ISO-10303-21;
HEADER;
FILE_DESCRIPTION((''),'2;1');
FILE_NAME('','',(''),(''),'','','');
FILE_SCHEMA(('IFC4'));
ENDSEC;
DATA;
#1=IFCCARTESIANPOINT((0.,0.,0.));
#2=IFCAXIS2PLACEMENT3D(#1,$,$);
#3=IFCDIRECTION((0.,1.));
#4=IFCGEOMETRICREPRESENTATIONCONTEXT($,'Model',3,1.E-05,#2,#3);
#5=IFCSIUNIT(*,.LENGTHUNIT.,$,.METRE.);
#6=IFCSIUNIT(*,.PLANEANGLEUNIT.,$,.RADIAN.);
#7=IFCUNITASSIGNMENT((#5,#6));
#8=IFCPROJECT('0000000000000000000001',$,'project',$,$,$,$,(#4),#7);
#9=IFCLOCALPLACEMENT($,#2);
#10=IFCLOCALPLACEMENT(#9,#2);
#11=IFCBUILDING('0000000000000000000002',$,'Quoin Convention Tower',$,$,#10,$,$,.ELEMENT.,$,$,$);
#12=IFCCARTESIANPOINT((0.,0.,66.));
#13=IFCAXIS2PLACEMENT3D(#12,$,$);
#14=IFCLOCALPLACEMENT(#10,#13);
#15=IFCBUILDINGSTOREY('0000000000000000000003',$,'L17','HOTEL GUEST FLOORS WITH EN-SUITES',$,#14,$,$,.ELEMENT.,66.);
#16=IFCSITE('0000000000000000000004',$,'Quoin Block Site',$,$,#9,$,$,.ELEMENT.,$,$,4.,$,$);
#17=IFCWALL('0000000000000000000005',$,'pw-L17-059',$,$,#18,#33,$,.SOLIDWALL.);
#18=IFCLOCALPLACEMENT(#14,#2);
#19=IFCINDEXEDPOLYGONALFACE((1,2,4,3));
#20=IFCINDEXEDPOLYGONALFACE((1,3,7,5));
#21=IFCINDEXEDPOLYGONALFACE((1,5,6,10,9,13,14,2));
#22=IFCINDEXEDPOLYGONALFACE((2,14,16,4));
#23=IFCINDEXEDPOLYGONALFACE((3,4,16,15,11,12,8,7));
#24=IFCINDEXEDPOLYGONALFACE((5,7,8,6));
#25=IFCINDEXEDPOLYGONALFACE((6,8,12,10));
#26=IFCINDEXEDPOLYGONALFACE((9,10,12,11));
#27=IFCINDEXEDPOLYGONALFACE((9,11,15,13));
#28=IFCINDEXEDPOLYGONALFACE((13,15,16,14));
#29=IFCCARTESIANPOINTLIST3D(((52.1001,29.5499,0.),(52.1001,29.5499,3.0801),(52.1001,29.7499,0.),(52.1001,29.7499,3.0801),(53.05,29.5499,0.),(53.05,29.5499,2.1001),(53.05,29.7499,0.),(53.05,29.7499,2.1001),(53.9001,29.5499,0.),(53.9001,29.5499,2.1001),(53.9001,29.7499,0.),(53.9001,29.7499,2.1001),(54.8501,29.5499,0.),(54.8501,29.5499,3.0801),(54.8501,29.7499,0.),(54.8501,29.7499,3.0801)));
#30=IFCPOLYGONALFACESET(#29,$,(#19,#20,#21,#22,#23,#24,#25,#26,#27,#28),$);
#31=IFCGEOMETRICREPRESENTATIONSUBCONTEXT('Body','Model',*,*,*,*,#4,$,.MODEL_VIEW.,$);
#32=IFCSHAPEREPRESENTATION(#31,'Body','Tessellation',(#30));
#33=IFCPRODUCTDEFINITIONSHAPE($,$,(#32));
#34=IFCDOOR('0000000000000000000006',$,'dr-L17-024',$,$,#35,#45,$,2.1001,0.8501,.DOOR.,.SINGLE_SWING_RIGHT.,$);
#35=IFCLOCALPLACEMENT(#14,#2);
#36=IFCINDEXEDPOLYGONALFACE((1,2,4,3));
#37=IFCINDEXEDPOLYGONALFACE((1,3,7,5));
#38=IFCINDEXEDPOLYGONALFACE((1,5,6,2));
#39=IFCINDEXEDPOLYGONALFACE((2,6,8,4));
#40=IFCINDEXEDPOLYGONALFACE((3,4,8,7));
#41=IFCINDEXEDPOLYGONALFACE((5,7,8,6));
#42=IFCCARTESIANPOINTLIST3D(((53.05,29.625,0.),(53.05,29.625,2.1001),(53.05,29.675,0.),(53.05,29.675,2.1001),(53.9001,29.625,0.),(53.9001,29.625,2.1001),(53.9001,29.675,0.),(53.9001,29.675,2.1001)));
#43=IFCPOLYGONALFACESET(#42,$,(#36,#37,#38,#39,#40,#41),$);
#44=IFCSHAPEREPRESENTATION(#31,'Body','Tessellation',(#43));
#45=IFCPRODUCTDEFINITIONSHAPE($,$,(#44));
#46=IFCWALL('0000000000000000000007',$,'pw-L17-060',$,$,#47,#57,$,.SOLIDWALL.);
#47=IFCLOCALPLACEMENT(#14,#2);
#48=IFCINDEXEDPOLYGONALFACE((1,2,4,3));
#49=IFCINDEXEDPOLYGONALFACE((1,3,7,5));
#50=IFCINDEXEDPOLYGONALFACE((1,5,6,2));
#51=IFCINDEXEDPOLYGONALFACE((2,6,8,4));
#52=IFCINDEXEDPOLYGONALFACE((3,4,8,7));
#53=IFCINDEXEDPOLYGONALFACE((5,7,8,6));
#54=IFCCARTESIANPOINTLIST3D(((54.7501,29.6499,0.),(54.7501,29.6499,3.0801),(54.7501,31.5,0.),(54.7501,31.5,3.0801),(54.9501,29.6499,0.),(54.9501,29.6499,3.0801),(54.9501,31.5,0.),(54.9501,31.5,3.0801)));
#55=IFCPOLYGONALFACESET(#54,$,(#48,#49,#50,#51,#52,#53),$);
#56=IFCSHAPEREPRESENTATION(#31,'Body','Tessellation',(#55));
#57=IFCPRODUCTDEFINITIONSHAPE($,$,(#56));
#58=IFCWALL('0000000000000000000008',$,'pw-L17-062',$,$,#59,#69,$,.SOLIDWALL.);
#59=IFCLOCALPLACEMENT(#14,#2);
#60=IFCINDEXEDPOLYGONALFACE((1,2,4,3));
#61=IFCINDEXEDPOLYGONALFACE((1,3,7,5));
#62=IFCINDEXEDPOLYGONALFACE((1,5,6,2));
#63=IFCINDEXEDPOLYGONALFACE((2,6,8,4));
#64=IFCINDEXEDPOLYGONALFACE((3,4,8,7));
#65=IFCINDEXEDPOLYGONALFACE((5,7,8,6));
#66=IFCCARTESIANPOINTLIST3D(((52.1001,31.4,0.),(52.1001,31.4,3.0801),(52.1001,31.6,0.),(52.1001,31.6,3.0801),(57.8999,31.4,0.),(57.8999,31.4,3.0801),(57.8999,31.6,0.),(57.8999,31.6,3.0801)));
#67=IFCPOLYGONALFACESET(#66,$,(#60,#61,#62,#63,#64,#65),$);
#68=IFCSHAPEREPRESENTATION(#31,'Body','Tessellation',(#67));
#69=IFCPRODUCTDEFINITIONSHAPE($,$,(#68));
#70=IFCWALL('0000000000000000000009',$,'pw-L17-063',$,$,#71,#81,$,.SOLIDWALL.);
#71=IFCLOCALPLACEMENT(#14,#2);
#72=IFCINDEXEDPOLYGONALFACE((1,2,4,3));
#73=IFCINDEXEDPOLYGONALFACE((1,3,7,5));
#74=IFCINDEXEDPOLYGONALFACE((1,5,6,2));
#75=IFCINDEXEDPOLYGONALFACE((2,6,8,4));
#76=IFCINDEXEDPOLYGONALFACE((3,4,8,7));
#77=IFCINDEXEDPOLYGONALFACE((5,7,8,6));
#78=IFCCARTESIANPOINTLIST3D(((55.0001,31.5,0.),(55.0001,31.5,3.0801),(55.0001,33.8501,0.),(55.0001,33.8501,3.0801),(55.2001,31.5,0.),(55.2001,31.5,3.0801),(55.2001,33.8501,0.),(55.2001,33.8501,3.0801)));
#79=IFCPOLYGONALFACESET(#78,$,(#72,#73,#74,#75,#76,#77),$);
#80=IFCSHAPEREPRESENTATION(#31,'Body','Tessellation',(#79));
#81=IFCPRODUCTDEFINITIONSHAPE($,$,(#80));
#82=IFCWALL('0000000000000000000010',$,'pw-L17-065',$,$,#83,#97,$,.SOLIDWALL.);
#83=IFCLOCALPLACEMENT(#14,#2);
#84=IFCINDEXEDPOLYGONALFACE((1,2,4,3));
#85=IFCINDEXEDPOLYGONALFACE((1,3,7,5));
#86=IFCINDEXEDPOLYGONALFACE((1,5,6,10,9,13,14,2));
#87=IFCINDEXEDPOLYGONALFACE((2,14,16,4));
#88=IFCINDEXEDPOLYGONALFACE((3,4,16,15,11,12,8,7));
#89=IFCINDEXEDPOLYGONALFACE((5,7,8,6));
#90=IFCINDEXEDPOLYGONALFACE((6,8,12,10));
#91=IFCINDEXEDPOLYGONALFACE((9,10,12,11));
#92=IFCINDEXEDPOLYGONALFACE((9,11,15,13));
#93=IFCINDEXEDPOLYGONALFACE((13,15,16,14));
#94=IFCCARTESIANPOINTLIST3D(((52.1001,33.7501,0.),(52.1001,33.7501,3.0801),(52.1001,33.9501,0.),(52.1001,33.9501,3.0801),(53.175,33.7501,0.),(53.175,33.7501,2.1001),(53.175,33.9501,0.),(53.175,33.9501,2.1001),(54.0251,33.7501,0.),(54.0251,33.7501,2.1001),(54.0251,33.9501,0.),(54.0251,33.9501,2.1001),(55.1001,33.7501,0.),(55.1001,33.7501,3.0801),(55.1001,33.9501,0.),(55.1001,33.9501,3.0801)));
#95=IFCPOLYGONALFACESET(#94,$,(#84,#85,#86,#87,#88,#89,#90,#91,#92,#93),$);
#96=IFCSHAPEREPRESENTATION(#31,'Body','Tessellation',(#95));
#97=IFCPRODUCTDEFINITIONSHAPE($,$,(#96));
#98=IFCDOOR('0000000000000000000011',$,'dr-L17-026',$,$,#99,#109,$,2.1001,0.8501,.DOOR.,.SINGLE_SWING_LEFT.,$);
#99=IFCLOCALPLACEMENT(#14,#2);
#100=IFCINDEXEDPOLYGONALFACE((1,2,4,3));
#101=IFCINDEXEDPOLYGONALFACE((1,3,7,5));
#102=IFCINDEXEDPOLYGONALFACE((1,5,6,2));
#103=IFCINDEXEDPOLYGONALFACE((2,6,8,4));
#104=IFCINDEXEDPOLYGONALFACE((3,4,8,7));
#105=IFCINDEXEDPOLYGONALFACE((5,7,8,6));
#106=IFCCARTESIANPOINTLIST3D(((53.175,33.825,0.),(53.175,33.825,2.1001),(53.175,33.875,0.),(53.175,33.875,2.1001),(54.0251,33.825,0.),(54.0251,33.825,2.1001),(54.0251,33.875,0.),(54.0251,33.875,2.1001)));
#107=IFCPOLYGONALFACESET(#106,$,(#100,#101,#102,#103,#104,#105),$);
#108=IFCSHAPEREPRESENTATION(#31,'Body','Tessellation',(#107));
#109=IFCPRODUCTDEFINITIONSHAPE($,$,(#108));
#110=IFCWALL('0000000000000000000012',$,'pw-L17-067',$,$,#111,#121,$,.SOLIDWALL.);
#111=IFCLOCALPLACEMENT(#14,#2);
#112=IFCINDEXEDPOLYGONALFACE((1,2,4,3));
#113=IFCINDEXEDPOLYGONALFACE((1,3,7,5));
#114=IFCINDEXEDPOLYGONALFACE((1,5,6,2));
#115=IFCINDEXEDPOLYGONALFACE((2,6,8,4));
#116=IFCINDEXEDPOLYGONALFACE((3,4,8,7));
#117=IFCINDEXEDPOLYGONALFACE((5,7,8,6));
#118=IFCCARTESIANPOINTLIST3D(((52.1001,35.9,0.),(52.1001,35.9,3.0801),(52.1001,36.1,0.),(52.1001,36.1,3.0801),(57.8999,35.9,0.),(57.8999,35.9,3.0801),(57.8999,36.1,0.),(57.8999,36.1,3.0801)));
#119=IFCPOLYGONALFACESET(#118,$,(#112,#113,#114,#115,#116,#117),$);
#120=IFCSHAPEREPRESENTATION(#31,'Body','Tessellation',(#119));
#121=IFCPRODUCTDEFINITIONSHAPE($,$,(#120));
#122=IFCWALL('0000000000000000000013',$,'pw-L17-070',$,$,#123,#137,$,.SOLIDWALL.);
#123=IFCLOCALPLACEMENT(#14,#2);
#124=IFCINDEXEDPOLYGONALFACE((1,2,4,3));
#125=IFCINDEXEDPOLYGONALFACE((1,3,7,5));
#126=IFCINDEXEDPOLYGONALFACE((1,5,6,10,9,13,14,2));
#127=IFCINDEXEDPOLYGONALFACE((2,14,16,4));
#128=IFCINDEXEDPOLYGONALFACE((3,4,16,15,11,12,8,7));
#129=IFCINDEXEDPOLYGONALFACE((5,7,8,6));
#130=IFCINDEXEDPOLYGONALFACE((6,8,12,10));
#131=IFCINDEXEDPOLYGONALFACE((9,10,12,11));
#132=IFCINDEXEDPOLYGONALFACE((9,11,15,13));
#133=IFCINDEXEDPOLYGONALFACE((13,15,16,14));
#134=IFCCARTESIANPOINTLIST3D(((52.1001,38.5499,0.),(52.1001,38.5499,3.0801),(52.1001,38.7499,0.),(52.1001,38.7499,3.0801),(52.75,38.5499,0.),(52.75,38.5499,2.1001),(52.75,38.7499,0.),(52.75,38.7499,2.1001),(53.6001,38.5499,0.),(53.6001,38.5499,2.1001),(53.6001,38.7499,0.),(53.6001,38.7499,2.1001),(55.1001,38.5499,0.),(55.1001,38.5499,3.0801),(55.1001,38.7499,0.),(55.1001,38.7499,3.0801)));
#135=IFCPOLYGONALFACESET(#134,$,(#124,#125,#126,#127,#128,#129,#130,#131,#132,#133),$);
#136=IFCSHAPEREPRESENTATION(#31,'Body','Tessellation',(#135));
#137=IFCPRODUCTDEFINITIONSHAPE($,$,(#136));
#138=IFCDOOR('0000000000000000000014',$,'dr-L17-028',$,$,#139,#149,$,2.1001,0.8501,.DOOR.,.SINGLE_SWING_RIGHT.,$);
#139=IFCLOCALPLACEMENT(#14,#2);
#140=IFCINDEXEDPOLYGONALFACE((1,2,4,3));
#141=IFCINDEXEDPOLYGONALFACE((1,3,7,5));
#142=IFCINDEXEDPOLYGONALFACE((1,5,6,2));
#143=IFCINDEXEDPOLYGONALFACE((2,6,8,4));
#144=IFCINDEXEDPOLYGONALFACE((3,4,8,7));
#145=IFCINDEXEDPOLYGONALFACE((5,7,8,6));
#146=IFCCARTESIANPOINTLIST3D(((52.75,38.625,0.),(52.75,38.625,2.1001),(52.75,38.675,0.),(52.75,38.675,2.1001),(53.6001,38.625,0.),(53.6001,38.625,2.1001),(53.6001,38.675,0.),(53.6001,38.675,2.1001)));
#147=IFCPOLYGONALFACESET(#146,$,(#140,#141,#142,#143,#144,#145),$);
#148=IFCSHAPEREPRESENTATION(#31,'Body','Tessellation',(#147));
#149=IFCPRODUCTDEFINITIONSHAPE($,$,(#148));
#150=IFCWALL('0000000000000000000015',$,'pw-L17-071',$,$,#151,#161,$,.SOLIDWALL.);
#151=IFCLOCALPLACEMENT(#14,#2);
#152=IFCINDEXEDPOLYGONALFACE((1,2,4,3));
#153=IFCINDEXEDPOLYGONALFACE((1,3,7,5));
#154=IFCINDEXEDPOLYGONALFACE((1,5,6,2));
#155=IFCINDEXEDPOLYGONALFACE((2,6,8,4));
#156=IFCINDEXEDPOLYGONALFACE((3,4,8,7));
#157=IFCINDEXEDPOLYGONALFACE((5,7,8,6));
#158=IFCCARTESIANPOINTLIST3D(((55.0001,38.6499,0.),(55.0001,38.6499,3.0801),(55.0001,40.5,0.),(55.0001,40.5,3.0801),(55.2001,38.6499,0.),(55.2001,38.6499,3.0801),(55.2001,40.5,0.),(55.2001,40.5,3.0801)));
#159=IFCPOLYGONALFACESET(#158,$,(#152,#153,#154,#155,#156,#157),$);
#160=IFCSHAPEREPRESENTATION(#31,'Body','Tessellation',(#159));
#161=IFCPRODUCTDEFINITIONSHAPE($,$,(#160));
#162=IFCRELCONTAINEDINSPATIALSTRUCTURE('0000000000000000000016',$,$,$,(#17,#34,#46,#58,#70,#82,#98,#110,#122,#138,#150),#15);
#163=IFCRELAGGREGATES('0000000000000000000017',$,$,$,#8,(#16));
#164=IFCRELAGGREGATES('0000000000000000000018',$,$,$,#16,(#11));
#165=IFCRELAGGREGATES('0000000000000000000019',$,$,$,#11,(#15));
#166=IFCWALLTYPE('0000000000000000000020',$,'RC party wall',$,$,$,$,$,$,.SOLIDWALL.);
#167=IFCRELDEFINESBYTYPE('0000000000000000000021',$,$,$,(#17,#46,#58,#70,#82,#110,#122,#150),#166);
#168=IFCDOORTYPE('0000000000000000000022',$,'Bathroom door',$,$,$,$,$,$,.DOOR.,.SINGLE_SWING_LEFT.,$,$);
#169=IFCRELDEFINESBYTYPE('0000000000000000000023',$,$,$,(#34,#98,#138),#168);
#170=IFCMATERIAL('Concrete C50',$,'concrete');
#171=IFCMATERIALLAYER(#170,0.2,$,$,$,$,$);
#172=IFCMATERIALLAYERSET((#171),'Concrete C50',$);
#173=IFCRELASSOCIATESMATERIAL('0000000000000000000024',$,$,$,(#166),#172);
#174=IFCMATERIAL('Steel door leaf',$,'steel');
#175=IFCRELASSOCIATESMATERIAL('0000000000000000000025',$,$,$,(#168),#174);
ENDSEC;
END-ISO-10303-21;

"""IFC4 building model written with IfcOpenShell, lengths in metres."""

from ifc_helpers import new_model, si_unit, direction, frame, frame_2d, origin, place, context, subcontext, project, spatial, rectangle, extrude, material, layer, layer_set, type_object, element, fill, save


model = new_model("IFC4")

# Units and contexts
model_context = context("Model", 3, precision=1e-05, world=origin(), true_north=direction((0.0, 1.0)))
body_context = subcontext(model_context, "Body", "Model", "MODEL_VIEW")
ifc_project = project(units=[si_unit("LENGTHUNIT", "METRE"), si_unit("PLANEANGLEUNIT", "RADIAN")], contexts=[model_context])

# Site, building, storey
site_placement = place(None, origin())
site = spatial("IfcSite", under=ifc_project, at=site_placement, Name="Quoin Block Site", CompositionType="ELEMENT", RefElevation=4.0)
building_placement = place(site_placement, origin())
building = spatial("IfcBuilding", under=site, at=building_placement, Name="Quoin Convention Tower", CompositionType="ELEMENT")
storey_placement = place(building_placement, frame((0.0, 0.0, 66.0)))
storey = spatial("IfcBuildingStorey", under=building, at=storey_placement, Name="L17", Description="HOTEL GUEST FLOORS WITH EN-SUITES", CompositionType="ELEMENT", Elevation=66.0)

# Wall, opening, door
ifc_material_1 = material(Name="Concrete C50", Category="concrete")
ifc_layer = layer(ifc_material_1, 0.2)
ifc_layer_set = layer_set([ifc_layer], Name="Concrete C50")
wall_type = type_object("IfcWallType", Name="RC party wall", PredefinedType="SOLIDWALL", material=ifc_layer_set)
wall_1_placement = place(storey_placement, frame((52.1001, 29.6499, 0.0), z_axis=(0.0, 0.0, 1.0), x_axis=(1.0, 0.0, 0.0)))
wall_1 = element("IfcWall", 1, at=wall_1_placement, inside=storey, type_object=wall_type, Name="pw-L17-059", PredefinedType="SOLIDWALL", context=body_context, shape_type="SweptSolid", body=[
    extrude(rectangle(XDim=2.75, YDim=0.2, at=frame_2d((1.375, 0.0))), origin(), (0.0, 0.0, 1.0), 3.0801),
])
opening_1_placement = place(wall_1_placement, frame((0.95, 0.0, 0.0)))
opening_1 = element("IfcOpeningElement", 2, at=opening_1_placement, cuts=wall_1, PredefinedType="OPENING", context=body_context, shape_type="SweptSolid", body=[
    extrude(rectangle(XDim=0.8501, YDim=2.1001, at=frame_2d((0.425, 1.05))), frame((0.0, 0.1099, 0.0), z_axis=(0.0, -1.0, 0.0), x_axis=(1.0, 0.0, 0.0)), (0.0, 0.0, 1.0), 0.22),
])
ifc_material_2 = material(Name="Steel door leaf", Category="steel")
door_type = type_object("IfcDoorType", Name="Bathroom door", OperationType="SINGLE_SWING_LEFT", PredefinedType="DOOR", material=ifc_material_2)
door_1_placement = place(opening_1_placement, frame((0.8501, 0.0, 0.0), z_axis=(0.0, 0.0, 1.0), x_axis=(-1.0, 0.0, 0.0)))
door_1 = element("IfcDoor", 3, at=door_1_placement, inside=storey, type_object=door_type, Name="dr-L17-024", OperationType="SINGLE_SWING_RIGHT", OverallHeight=2.1001, OverallWidth=0.8501, PredefinedType="DOOR", context=body_context, shape_type="SweptSolid", body=[
    extrude(rectangle(XDim=0.8501, YDim=2.1001, at=frame_2d((0.425, 1.05))), frame((0.0, 0.0249, 0.0), z_axis=(0.0, -1.0, 0.0), x_axis=(1.0, 0.0, 0.0)), (0.0, 0.0, 1.0), 0.05),
])
fill(opening_1, door_1)

# Walls
wall_2_placement = place(storey_placement, frame((54.8501, 29.6499, 0.0), z_axis=(0.0, 0.0, 1.0), x_axis=(0.0, 1.0, 0.0)))
element("IfcWall", 4, at=wall_2_placement, inside=storey, type_object=wall_type, Name="pw-L17-060", PredefinedType="SOLIDWALL", context=body_context, shape_type="SweptSolid", body=[
    extrude(rectangle(XDim=1.8501, YDim=0.2, at=frame_2d((0.925, 0.0))), origin(), (0.0, 0.0, 1.0), 3.0801),
])
wall_3_placement = place(storey_placement, frame((52.1001, 31.5, 0.0), z_axis=(0.0, 0.0, 1.0), x_axis=(1.0, 0.0, 0.0)))
element("IfcWall", 5, at=wall_3_placement, inside=storey, type_object=wall_type, Name="pw-L17-062", PredefinedType="SOLIDWALL", context=body_context, shape_type="SweptSolid", body=[
    extrude(rectangle(XDim=5.7998, YDim=0.2, at=frame_2d((2.8999, 0.0))), origin(), (0.0, 0.0, 1.0), 3.0801),
])
wall_4_placement = place(storey_placement, frame((55.1001, 31.5, 0.0), z_axis=(0.0, 0.0, 1.0), x_axis=(0.0, 1.0, 0.0)))
element("IfcWall", 6, at=wall_4_placement, inside=storey, type_object=wall_type, Name="pw-L17-063", PredefinedType="SOLIDWALL", context=body_context, shape_type="SweptSolid", body=[
    extrude(rectangle(XDim=2.3501, YDim=0.2, at=frame_2d((1.175, 0.0))), origin(), (0.0, 0.0, 1.0), 3.0801),
])

# Wall, opening, door
wall_5_placement = place(storey_placement, frame((52.1001, 33.8501, 0.0), z_axis=(0.0, 0.0, 1.0), x_axis=(1.0, 0.0, 0.0)))
wall_5 = element("IfcWall", 7, at=wall_5_placement, inside=storey, type_object=wall_type, Name="pw-L17-065", PredefinedType="SOLIDWALL", context=body_context, shape_type="SweptSolid", body=[
    extrude(rectangle(XDim=3.0, YDim=0.2, at=frame_2d((1.5, 0.0))), origin(), (0.0, 0.0, 1.0), 3.0801),
])
opening_2_placement = place(wall_5_placement, frame((1.075, 0.0, 0.0)))
opening_2 = element("IfcOpeningElement", 8, at=opening_2_placement, cuts=wall_5, PredefinedType="OPENING", context=body_context, shape_type="SweptSolid", body=[
    extrude(rectangle(XDim=0.8501, YDim=2.1001, at=frame_2d((0.425, 1.05))), frame((0.0, 0.1099, 0.0), z_axis=(0.0, -1.0, 0.0), x_axis=(1.0, 0.0, 0.0)), (0.0, 0.0, 1.0), 0.22),
])
door_2_placement = place(opening_2_placement, origin())
door_2 = element("IfcDoor", 9, at=door_2_placement, inside=storey, type_object=door_type, Name="dr-L17-026", OperationType="SINGLE_SWING_LEFT", OverallHeight=2.1001, OverallWidth=0.8501, PredefinedType="DOOR", context=body_context, shape_type="SweptSolid", body=[
    extrude(rectangle(XDim=0.8501, YDim=2.1001, at=frame_2d((0.425, 1.05))), frame((0.0, 0.0249, 0.0), z_axis=(0.0, -1.0, 0.0), x_axis=(1.0, 0.0, 0.0)), (0.0, 0.0, 1.0), 0.05),
])
fill(opening_2, door_2)

# Wall
wall_6_placement = place(storey_placement, frame((52.1001, 36.0, 0.0), z_axis=(0.0, 0.0, 1.0), x_axis=(1.0, 0.0, 0.0)))
element("IfcWall", 10, at=wall_6_placement, inside=storey, type_object=wall_type, Name="pw-L17-067", PredefinedType="SOLIDWALL", context=body_context, shape_type="SweptSolid", body=[
    extrude(rectangle(XDim=5.7998, YDim=0.2, at=frame_2d((2.8999, 0.0))), origin(), (0.0, 0.0, 1.0), 3.0801),
])

# Wall, opening, door
wall_7_placement = place(storey_placement, frame((52.1001, 38.6499, 0.0), z_axis=(0.0, 0.0, 1.0), x_axis=(1.0, 0.0, 0.0)))
wall_7 = element("IfcWall", 11, at=wall_7_placement, inside=storey, type_object=wall_type, Name="pw-L17-070", PredefinedType="SOLIDWALL", context=body_context, shape_type="SweptSolid", body=[
    extrude(rectangle(XDim=3.0, YDim=0.2, at=frame_2d((1.5, 0.0))), origin(), (0.0, 0.0, 1.0), 3.0801),
])
opening_3_placement = place(wall_7_placement, frame((0.6499, 0.0, 0.0)))
opening_3 = element("IfcOpeningElement", 12, at=opening_3_placement, cuts=wall_7, PredefinedType="OPENING", context=body_context, shape_type="SweptSolid", body=[
    extrude(rectangle(XDim=0.8501, YDim=2.1001, at=frame_2d((0.425, 1.05))), frame((0.0, 0.1099, 0.0), z_axis=(0.0, -1.0, 0.0), x_axis=(1.0, 0.0, 0.0)), (0.0, 0.0, 1.0), 0.22),
])
door_3_placement = place(opening_3_placement, frame((0.8501, 0.0, 0.0), z_axis=(0.0, 0.0, 1.0), x_axis=(-1.0, 0.0, 0.0)))
door_3 = element("IfcDoor", 13, at=door_3_placement, inside=storey, type_object=door_type, Name="dr-L17-028", OperationType="SINGLE_SWING_RIGHT", OverallHeight=2.1001, OverallWidth=0.8501, PredefinedType="DOOR", context=body_context, shape_type="SweptSolid", body=[
    extrude(rectangle(XDim=0.8501, YDim=2.1001, at=frame_2d((0.425, 1.05))), frame((0.0, 0.0249, 0.0), z_axis=(0.0, -1.0, 0.0), x_axis=(1.0, 0.0, 0.0)), (0.0, 0.0, 1.0), 0.05),
])
fill(opening_3, door_3)

# Wall
wall_8_placement = place(storey_placement, frame((55.1001, 38.6499, 0.0), z_axis=(0.0, 0.0, 1.0), x_axis=(0.0, 1.0, 0.0)))
element("IfcWall", 14, at=wall_8_placement, inside=storey, type_object=wall_type, Name="pw-L17-071", PredefinedType="SOLIDWALL", context=body_context, shape_type="SweptSolid", body=[
    extrude(rectangle(XDim=1.8501, YDim=0.2, at=frame_2d((0.925, 0.0))), origin(), (0.0, 0.0, 1.0), 3.0801),
])

save(model, "model.ifc")
